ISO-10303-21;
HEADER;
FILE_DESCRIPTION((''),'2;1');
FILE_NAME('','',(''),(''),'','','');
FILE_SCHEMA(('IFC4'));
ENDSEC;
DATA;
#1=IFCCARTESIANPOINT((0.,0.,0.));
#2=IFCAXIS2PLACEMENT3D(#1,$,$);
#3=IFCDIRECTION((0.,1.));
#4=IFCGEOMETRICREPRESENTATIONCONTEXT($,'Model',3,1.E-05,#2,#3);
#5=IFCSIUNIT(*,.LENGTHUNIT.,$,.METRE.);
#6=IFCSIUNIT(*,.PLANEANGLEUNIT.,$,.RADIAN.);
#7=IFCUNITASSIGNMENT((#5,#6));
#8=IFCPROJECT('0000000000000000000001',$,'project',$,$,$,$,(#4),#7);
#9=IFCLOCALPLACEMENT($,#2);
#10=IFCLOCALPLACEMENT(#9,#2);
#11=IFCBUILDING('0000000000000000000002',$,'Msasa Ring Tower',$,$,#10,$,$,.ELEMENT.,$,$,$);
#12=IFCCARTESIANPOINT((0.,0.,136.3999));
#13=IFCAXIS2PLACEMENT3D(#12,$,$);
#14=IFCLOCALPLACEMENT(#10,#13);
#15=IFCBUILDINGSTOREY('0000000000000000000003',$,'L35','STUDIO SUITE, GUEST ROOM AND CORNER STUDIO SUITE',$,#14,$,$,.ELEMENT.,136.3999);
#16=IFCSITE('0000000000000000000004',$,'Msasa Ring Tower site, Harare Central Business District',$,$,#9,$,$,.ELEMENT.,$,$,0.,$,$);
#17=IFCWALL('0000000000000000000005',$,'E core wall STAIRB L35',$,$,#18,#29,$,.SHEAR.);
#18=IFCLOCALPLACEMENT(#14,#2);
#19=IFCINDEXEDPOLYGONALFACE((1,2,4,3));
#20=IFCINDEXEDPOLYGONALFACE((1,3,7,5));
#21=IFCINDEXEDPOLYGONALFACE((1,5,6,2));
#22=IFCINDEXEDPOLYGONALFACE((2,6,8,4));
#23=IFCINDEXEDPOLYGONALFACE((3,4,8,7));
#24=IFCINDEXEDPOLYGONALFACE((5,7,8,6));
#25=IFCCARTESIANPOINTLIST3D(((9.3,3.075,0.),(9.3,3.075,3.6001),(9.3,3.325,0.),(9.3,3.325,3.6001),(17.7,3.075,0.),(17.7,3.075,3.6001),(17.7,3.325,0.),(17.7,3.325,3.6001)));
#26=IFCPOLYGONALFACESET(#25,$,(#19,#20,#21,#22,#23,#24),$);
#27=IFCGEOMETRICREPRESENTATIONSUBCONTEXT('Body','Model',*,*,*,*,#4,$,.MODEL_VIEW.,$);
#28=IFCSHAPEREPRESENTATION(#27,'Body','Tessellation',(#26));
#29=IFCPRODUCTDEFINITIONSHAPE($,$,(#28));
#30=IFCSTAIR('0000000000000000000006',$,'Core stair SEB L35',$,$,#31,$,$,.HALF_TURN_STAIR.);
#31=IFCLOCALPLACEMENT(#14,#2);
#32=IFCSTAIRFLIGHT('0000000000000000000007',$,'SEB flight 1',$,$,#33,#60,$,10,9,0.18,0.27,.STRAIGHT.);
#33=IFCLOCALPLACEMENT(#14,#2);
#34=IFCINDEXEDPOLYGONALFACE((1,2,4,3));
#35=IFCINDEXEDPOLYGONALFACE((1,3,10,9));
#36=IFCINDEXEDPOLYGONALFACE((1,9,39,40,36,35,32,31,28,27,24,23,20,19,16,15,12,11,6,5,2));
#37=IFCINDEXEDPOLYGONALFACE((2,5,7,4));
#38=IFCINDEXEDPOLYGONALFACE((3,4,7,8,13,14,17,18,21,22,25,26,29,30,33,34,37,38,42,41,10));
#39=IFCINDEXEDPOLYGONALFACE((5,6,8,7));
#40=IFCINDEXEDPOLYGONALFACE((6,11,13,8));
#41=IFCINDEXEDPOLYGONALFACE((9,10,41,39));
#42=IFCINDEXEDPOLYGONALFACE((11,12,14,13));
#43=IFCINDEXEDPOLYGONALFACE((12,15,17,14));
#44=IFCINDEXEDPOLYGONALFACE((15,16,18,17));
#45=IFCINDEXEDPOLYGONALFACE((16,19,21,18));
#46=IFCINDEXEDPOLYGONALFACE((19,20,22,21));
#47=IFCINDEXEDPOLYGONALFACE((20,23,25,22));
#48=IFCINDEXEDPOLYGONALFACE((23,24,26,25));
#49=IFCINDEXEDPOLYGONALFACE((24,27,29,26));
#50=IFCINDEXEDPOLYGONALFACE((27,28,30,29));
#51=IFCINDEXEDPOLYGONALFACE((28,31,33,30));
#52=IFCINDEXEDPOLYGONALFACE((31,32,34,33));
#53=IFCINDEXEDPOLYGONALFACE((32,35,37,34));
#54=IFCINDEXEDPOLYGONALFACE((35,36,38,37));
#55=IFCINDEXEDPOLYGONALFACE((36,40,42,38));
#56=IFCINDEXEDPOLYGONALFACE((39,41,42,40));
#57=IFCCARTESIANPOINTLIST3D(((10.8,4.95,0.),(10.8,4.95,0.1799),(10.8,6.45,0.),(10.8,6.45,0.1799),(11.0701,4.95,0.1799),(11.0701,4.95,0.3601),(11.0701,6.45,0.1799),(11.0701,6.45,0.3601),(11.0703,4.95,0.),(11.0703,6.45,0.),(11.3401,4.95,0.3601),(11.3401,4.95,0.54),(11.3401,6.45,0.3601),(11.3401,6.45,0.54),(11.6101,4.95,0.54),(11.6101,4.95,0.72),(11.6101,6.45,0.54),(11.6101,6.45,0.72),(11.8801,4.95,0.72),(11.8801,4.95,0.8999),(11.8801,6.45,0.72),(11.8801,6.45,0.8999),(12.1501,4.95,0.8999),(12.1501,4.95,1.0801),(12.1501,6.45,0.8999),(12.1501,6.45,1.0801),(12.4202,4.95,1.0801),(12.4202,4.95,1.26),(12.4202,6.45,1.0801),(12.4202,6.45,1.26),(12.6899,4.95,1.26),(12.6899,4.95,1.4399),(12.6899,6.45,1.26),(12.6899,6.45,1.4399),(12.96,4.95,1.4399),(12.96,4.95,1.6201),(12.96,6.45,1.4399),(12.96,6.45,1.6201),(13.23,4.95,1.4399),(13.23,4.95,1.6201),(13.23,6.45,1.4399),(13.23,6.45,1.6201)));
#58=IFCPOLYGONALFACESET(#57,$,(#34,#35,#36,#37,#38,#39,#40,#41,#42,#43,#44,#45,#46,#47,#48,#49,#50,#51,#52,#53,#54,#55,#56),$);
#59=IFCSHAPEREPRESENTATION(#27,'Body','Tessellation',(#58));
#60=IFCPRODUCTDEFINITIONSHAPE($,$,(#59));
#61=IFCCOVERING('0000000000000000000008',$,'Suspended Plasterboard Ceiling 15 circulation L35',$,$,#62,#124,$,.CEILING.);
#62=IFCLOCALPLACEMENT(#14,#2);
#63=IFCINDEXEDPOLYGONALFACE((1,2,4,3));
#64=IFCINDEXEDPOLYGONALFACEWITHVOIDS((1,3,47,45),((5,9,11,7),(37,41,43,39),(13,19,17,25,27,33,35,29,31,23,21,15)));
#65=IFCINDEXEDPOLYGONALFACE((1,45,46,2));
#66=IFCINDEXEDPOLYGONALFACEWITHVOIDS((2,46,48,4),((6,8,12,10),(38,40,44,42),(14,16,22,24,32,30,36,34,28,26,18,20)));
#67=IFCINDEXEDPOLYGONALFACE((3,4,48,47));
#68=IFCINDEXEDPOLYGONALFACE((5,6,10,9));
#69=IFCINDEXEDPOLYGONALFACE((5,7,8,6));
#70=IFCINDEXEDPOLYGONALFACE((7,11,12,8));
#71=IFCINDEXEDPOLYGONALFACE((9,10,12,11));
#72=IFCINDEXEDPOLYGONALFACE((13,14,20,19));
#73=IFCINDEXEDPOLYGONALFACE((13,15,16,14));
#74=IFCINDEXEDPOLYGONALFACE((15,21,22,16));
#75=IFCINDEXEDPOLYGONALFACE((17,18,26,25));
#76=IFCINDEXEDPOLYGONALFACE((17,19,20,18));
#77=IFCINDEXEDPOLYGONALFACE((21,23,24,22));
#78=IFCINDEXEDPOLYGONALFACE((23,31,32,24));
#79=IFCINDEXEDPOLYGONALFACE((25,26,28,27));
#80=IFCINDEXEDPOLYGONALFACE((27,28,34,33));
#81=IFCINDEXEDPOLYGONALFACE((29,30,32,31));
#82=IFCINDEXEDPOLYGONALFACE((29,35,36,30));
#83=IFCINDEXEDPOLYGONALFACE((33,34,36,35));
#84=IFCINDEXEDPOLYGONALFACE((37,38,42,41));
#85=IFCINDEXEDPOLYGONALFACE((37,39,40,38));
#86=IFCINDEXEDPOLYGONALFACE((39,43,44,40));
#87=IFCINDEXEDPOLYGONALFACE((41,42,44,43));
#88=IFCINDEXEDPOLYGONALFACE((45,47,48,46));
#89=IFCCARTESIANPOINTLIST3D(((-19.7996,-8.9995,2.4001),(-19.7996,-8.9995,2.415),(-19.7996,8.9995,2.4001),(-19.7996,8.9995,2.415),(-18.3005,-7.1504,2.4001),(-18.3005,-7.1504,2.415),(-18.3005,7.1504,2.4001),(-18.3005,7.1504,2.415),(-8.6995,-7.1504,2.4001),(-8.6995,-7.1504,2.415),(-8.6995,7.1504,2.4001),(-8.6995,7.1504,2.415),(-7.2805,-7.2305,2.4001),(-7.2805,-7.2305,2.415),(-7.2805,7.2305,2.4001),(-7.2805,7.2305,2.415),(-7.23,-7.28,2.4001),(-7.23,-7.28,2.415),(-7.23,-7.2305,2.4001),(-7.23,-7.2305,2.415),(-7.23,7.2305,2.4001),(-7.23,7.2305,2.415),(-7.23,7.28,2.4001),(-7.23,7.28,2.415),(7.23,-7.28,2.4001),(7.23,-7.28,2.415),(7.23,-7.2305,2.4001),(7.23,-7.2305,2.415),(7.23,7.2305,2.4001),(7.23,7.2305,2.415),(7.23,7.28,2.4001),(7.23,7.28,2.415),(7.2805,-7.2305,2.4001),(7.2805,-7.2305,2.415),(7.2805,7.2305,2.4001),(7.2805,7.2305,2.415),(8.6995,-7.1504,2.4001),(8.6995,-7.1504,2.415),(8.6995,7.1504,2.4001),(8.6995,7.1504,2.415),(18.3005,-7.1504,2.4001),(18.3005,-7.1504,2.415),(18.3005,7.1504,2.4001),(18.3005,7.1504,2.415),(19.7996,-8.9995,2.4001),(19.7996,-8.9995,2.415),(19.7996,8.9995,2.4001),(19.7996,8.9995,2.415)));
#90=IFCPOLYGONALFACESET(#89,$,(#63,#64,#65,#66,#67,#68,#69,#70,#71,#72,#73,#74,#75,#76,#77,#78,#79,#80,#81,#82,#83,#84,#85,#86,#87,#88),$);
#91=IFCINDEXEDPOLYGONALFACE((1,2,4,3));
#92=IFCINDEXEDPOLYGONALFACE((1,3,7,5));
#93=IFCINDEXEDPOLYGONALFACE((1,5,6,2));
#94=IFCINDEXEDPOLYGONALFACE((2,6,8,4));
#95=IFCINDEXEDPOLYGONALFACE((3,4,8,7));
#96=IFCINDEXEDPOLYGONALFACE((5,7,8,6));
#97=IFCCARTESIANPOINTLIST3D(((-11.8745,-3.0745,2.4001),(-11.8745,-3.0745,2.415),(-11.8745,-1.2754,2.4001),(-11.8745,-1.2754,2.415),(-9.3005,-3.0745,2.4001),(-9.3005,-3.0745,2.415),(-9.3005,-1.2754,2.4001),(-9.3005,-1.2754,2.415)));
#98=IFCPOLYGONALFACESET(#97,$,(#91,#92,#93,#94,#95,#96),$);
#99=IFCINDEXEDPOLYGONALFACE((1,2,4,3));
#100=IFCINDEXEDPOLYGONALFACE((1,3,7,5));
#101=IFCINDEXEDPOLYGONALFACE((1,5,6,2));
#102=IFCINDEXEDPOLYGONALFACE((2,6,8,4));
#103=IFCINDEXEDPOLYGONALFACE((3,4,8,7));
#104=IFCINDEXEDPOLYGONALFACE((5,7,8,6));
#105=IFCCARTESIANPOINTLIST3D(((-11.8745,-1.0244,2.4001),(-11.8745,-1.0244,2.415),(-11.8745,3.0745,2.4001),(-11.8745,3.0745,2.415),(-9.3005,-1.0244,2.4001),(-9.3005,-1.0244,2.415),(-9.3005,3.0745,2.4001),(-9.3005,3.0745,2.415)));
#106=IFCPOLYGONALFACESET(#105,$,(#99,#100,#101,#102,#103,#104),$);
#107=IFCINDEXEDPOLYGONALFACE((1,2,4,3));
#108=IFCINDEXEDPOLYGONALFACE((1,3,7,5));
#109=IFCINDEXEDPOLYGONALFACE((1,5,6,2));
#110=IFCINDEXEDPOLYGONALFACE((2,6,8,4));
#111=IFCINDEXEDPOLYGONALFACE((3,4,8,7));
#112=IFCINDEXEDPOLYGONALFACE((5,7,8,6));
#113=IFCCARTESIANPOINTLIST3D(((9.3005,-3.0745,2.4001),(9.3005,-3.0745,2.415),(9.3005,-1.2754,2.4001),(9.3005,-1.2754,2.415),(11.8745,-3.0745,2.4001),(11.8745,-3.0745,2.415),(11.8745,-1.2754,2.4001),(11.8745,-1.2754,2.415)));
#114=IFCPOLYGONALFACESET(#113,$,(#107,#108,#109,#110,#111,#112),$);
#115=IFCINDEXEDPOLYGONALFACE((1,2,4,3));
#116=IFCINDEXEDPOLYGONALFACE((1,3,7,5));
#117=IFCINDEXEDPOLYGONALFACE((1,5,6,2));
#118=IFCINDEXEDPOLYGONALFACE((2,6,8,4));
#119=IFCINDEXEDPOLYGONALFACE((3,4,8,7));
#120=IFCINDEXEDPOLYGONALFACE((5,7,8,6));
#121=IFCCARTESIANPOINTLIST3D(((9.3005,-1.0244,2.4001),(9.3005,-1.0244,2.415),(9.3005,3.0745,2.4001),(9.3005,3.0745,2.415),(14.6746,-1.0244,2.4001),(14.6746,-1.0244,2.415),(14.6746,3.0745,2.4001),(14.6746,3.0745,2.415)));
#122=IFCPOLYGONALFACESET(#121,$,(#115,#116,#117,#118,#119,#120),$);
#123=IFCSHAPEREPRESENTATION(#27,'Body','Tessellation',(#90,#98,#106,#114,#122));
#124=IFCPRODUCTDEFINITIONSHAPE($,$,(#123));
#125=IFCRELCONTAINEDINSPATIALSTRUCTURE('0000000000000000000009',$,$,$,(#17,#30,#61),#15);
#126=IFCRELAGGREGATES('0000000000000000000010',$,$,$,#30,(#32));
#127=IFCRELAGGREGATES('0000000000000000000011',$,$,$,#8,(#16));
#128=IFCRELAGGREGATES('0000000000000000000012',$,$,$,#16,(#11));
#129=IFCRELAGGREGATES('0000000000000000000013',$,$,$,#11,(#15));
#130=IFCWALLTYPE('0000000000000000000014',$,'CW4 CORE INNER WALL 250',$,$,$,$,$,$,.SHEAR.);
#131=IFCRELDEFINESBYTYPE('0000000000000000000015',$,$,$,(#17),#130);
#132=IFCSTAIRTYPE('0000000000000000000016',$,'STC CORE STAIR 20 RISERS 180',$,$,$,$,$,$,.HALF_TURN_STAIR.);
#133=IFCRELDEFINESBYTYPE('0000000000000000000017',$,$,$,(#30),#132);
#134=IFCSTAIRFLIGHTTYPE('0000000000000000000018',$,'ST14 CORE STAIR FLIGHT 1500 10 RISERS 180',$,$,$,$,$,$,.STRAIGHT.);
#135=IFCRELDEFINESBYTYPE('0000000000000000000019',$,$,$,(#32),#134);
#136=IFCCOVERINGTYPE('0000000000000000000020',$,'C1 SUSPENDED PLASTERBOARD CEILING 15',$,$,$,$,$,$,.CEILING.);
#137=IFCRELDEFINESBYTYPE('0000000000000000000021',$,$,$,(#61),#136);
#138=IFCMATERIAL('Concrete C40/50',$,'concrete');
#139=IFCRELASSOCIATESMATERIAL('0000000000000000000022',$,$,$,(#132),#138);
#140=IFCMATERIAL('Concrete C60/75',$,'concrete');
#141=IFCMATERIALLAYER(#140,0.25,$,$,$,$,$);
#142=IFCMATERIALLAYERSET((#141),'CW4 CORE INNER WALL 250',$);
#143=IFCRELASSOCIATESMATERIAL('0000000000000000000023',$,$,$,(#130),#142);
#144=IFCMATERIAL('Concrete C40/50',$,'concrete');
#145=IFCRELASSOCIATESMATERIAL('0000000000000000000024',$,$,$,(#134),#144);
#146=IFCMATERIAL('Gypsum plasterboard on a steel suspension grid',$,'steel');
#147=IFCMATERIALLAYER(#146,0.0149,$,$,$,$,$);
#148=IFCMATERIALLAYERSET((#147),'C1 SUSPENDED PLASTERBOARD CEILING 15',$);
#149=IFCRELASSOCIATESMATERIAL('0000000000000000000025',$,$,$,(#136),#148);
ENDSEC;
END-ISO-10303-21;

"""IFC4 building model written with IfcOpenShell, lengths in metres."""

from ifc_helpers import new_model, si_unit, direction, frame, frame_2d, origin, place, context, subcontext, project, spatial, polyline, line, indexed_curve, rectangle, outline, extrude, material, layer, layer_set, type_object, element, aggregate, save


model = new_model("IFC4")

# Units and contexts
model_context = context("Model", 3, precision=1e-05, world=origin(), true_north=direction((0.0, 1.0)))
body_context = subcontext(model_context, "Body", "Model", "MODEL_VIEW")
ifc_project = project(units=[si_unit("LENGTHUNIT", "METRE"), si_unit("PLANEANGLEUNIT", "RADIAN")], contexts=[model_context])

# Site, building, storey
site_placement = place(None, origin())
site = spatial("IfcSite", under=ifc_project, at=site_placement, Name="Msasa Ring Tower site, Harare Central Business District", CompositionType="ELEMENT", RefElevation=0.0)
building_placement = place(site_placement, origin())
building = spatial("IfcBuilding", under=site, at=building_placement, Name="Msasa Ring Tower", CompositionType="ELEMENT")
storey_placement = place(building_placement, frame((0.0, 0.0, 136.3999)))
storey = spatial("IfcBuildingStorey", under=building, at=storey_placement, Name="L35", Description="STUDIO SUITE, GUEST ROOM AND CORNER STUDIO SUITE", CompositionType="ELEMENT", Elevation=136.3999)

# Shared definitions
ifc_material_1 = material(Name="Concrete C40/50", Category="concrete")
stair_type = type_object("IfcStairType", Name="STC CORE STAIR 20 RISERS 180", PredefinedType="HALF_TURN_STAIR", material=ifc_material_1)

# Wall
ifc_material_2 = material(Name="Concrete C60/75", Category="concrete")
ifc_layer_1 = layer(ifc_material_2, 0.25)
ifc_layer_set_1 = layer_set([ifc_layer_1], Name="CW4 CORE INNER WALL 250")
wall_type = type_object("IfcWallType", Name="CW4 CORE INNER WALL 250", PredefinedType="SHEAR", material=ifc_layer_set_1)
wall_placement = place(storey_placement, frame((9.3, 3.2, 0.0), z_axis=(0.0, 0.0, 1.0), x_axis=(1.0, 0.0, 0.0)))
element("IfcWall", 1, at=wall_placement, inside=storey, type_object=wall_type, Name="E core wall STAIRB L35", PredefinedType="SHEAR", context=body_context, shape_type="SweptSolid", body=[
    extrude(rectangle(XDim=8.3999, YDim=0.25, at=frame_2d((4.2, 0.0))), origin(), (0.0, 0.0, 1.0), 3.6001),
])

# Stair, stair flight
stair_1_placement = place(storey_placement, origin())
stair_1 = element("IfcStair", 2, at=stair_1_placement, inside=storey, type_object=stair_type, Name="Core stair SEB L35", PredefinedType="HALF_TURN_STAIR")
ifc_material_3 = material(Name="Concrete C40/50", Category="concrete")
stair_flight_type = type_object("IfcStairFlightType", Name="ST14 CORE STAIR FLIGHT 1500 10 RISERS 180", PredefinedType="STRAIGHT", material=ifc_material_3)
stair_flight_placement = place(storey_placement, frame((10.8, 5.7, 0.0), z_axis=(0.0, 0.0, 1.0), x_axis=(1.0, 0.0, 0.0)))
stair_flight = element("IfcStairFlight", 3, at=stair_flight_placement, type_object=stair_flight_type, Name="SEB flight 1", NumberOfRisers=10, NumberOfTreads=9, PredefinedType="STRAIGHT", RiserHeight=0.18, TreadLength=0.27, context=body_context, shape_type="SweptSolid", body=[
    extrude(outline(polyline([(0.0, 0.0), (0.0, 0.1799), (0.27, 0.1799), (0.27, 0.3601), (0.54, 0.3601), (0.54, 0.54), (0.8101, 0.54), (0.8101, 0.72), (1.0801, 0.72), (1.0801, 0.8999), (1.3501, 0.8999), (1.3501, 1.0801), (1.6201, 1.0801), (1.6201, 1.26), (1.8899, 1.26), (1.8899, 1.4399), (2.1599, 1.4399), (2.1599, 1.6201), (2.4299, 1.6201), (2.4299, 1.8), (2.4299, 1.4399), (0.2703, 0.0), (0.0, 0.0)])), frame((0.0, 0.75, 0.0), z_axis=(0.0, -1.0, 0.0), x_axis=(1.0, 0.0, 0.0)), (0.0, 0.0, 1.0), 1.5),
])
aggregate(stair_1, [stair_flight])

# Covering
ifc_material_4 = material(Name="Gypsum plasterboard on a steel suspension grid", Category="steel")
ifc_layer_2 = layer(ifc_material_4, 0.0149)
ifc_layer_set_2 = layer_set([ifc_layer_2], Name="C1 SUSPENDED PLASTERBOARD CEILING 15")
covering_type_1 = type_object("IfcCoveringType", Name="C1 SUSPENDED PLASTERBOARD CEILING 15", PredefinedType="CEILING", material=ifc_layer_set_2)
covering_1_placement = place(storey_placement, frame((0.0, 0.0, 2.4001)))
element("IfcCovering", 4, at=covering_1_placement, inside=storey, type_object=covering_type_1, Name="Suspended Plasterboard Ceiling 15 circulation L35", PredefinedType="CEILING", context=body_context, shape_type="SweptSolid", body=[
    extrude(outline(indexed_curve([(19.7996, 8.9995), (19.7996, -8.9995), (-19.7996, -8.9995), (-19.7996, 8.9995)], segments=[line(1, 2, 3, 4, 1)], self_intersect=False), holes=[indexed_curve([(18.3005, -7.1504), (18.3005, 7.1504), (8.6995, 7.1504), (8.6995, -7.1504)], segments=[line(1, 2, 3, 4, 1)], self_intersect=False), indexed_curve([(-8.6995, -7.1504), (-8.6995, 7.1504), (-18.3005, 7.1504), (-18.3005, -7.1504)], segments=[line(1, 2, 3, 4, 1)], self_intersect=False), indexed_curve([(-7.2805, 7.2305), (-7.2805, -7.2305), (-7.23, -7.2305), (-7.23, -7.28), (7.23, -7.28), (7.23, -7.2305), (7.2805, -7.2305), (7.2805, 7.2305), (7.23, 7.2305), (7.23, 7.28), (-7.23, 7.28), (-7.23, 7.2305)], segments=[line(1, 2, 3, 4, 5, 6, 7, 8, 9, 10, 11, 12, 1)], self_intersect=False)]), origin(), (0.0, 0.0, 1.0), 0.0149),
    extrude(outline(indexed_curve([(-9.3005, -3.0745), (-11.8745, -3.0745), (-11.8745, -1.2754), (-9.3005, -1.2754)], segments=[line(1, 2, 3, 4, 1)], self_intersect=False)), origin(), (0.0, 0.0, 1.0), 0.0149),
    extrude(outline(indexed_curve([(-11.8745, -1.0244), (-11.8745, 3.0745), (-9.3005, 3.0745), (-9.3005, -1.0244)], segments=[line(1, 2, 3, 4, 1)], self_intersect=False)), origin(), (0.0, 0.0, 1.0), 0.0149),
    extrude(outline(indexed_curve([(11.8745, -3.0745), (9.3005, -3.0745), (9.3005, -1.2754), (11.8745, -1.2754)], segments=[line(1, 2, 3, 4, 1)], self_intersect=False)), origin(), (0.0, 0.0, 1.0), 0.0149),
    extrude(outline(indexed_curve([(9.3005, -1.0244), (9.3005, 3.0745), (14.6746, 3.0745), (14.6746, -1.0244)], segments=[line(1, 2, 3, 4, 1)], self_intersect=False)), origin(), (0.0, 0.0, 1.0), 0.0149),
])

save(model, "model.ifc")
